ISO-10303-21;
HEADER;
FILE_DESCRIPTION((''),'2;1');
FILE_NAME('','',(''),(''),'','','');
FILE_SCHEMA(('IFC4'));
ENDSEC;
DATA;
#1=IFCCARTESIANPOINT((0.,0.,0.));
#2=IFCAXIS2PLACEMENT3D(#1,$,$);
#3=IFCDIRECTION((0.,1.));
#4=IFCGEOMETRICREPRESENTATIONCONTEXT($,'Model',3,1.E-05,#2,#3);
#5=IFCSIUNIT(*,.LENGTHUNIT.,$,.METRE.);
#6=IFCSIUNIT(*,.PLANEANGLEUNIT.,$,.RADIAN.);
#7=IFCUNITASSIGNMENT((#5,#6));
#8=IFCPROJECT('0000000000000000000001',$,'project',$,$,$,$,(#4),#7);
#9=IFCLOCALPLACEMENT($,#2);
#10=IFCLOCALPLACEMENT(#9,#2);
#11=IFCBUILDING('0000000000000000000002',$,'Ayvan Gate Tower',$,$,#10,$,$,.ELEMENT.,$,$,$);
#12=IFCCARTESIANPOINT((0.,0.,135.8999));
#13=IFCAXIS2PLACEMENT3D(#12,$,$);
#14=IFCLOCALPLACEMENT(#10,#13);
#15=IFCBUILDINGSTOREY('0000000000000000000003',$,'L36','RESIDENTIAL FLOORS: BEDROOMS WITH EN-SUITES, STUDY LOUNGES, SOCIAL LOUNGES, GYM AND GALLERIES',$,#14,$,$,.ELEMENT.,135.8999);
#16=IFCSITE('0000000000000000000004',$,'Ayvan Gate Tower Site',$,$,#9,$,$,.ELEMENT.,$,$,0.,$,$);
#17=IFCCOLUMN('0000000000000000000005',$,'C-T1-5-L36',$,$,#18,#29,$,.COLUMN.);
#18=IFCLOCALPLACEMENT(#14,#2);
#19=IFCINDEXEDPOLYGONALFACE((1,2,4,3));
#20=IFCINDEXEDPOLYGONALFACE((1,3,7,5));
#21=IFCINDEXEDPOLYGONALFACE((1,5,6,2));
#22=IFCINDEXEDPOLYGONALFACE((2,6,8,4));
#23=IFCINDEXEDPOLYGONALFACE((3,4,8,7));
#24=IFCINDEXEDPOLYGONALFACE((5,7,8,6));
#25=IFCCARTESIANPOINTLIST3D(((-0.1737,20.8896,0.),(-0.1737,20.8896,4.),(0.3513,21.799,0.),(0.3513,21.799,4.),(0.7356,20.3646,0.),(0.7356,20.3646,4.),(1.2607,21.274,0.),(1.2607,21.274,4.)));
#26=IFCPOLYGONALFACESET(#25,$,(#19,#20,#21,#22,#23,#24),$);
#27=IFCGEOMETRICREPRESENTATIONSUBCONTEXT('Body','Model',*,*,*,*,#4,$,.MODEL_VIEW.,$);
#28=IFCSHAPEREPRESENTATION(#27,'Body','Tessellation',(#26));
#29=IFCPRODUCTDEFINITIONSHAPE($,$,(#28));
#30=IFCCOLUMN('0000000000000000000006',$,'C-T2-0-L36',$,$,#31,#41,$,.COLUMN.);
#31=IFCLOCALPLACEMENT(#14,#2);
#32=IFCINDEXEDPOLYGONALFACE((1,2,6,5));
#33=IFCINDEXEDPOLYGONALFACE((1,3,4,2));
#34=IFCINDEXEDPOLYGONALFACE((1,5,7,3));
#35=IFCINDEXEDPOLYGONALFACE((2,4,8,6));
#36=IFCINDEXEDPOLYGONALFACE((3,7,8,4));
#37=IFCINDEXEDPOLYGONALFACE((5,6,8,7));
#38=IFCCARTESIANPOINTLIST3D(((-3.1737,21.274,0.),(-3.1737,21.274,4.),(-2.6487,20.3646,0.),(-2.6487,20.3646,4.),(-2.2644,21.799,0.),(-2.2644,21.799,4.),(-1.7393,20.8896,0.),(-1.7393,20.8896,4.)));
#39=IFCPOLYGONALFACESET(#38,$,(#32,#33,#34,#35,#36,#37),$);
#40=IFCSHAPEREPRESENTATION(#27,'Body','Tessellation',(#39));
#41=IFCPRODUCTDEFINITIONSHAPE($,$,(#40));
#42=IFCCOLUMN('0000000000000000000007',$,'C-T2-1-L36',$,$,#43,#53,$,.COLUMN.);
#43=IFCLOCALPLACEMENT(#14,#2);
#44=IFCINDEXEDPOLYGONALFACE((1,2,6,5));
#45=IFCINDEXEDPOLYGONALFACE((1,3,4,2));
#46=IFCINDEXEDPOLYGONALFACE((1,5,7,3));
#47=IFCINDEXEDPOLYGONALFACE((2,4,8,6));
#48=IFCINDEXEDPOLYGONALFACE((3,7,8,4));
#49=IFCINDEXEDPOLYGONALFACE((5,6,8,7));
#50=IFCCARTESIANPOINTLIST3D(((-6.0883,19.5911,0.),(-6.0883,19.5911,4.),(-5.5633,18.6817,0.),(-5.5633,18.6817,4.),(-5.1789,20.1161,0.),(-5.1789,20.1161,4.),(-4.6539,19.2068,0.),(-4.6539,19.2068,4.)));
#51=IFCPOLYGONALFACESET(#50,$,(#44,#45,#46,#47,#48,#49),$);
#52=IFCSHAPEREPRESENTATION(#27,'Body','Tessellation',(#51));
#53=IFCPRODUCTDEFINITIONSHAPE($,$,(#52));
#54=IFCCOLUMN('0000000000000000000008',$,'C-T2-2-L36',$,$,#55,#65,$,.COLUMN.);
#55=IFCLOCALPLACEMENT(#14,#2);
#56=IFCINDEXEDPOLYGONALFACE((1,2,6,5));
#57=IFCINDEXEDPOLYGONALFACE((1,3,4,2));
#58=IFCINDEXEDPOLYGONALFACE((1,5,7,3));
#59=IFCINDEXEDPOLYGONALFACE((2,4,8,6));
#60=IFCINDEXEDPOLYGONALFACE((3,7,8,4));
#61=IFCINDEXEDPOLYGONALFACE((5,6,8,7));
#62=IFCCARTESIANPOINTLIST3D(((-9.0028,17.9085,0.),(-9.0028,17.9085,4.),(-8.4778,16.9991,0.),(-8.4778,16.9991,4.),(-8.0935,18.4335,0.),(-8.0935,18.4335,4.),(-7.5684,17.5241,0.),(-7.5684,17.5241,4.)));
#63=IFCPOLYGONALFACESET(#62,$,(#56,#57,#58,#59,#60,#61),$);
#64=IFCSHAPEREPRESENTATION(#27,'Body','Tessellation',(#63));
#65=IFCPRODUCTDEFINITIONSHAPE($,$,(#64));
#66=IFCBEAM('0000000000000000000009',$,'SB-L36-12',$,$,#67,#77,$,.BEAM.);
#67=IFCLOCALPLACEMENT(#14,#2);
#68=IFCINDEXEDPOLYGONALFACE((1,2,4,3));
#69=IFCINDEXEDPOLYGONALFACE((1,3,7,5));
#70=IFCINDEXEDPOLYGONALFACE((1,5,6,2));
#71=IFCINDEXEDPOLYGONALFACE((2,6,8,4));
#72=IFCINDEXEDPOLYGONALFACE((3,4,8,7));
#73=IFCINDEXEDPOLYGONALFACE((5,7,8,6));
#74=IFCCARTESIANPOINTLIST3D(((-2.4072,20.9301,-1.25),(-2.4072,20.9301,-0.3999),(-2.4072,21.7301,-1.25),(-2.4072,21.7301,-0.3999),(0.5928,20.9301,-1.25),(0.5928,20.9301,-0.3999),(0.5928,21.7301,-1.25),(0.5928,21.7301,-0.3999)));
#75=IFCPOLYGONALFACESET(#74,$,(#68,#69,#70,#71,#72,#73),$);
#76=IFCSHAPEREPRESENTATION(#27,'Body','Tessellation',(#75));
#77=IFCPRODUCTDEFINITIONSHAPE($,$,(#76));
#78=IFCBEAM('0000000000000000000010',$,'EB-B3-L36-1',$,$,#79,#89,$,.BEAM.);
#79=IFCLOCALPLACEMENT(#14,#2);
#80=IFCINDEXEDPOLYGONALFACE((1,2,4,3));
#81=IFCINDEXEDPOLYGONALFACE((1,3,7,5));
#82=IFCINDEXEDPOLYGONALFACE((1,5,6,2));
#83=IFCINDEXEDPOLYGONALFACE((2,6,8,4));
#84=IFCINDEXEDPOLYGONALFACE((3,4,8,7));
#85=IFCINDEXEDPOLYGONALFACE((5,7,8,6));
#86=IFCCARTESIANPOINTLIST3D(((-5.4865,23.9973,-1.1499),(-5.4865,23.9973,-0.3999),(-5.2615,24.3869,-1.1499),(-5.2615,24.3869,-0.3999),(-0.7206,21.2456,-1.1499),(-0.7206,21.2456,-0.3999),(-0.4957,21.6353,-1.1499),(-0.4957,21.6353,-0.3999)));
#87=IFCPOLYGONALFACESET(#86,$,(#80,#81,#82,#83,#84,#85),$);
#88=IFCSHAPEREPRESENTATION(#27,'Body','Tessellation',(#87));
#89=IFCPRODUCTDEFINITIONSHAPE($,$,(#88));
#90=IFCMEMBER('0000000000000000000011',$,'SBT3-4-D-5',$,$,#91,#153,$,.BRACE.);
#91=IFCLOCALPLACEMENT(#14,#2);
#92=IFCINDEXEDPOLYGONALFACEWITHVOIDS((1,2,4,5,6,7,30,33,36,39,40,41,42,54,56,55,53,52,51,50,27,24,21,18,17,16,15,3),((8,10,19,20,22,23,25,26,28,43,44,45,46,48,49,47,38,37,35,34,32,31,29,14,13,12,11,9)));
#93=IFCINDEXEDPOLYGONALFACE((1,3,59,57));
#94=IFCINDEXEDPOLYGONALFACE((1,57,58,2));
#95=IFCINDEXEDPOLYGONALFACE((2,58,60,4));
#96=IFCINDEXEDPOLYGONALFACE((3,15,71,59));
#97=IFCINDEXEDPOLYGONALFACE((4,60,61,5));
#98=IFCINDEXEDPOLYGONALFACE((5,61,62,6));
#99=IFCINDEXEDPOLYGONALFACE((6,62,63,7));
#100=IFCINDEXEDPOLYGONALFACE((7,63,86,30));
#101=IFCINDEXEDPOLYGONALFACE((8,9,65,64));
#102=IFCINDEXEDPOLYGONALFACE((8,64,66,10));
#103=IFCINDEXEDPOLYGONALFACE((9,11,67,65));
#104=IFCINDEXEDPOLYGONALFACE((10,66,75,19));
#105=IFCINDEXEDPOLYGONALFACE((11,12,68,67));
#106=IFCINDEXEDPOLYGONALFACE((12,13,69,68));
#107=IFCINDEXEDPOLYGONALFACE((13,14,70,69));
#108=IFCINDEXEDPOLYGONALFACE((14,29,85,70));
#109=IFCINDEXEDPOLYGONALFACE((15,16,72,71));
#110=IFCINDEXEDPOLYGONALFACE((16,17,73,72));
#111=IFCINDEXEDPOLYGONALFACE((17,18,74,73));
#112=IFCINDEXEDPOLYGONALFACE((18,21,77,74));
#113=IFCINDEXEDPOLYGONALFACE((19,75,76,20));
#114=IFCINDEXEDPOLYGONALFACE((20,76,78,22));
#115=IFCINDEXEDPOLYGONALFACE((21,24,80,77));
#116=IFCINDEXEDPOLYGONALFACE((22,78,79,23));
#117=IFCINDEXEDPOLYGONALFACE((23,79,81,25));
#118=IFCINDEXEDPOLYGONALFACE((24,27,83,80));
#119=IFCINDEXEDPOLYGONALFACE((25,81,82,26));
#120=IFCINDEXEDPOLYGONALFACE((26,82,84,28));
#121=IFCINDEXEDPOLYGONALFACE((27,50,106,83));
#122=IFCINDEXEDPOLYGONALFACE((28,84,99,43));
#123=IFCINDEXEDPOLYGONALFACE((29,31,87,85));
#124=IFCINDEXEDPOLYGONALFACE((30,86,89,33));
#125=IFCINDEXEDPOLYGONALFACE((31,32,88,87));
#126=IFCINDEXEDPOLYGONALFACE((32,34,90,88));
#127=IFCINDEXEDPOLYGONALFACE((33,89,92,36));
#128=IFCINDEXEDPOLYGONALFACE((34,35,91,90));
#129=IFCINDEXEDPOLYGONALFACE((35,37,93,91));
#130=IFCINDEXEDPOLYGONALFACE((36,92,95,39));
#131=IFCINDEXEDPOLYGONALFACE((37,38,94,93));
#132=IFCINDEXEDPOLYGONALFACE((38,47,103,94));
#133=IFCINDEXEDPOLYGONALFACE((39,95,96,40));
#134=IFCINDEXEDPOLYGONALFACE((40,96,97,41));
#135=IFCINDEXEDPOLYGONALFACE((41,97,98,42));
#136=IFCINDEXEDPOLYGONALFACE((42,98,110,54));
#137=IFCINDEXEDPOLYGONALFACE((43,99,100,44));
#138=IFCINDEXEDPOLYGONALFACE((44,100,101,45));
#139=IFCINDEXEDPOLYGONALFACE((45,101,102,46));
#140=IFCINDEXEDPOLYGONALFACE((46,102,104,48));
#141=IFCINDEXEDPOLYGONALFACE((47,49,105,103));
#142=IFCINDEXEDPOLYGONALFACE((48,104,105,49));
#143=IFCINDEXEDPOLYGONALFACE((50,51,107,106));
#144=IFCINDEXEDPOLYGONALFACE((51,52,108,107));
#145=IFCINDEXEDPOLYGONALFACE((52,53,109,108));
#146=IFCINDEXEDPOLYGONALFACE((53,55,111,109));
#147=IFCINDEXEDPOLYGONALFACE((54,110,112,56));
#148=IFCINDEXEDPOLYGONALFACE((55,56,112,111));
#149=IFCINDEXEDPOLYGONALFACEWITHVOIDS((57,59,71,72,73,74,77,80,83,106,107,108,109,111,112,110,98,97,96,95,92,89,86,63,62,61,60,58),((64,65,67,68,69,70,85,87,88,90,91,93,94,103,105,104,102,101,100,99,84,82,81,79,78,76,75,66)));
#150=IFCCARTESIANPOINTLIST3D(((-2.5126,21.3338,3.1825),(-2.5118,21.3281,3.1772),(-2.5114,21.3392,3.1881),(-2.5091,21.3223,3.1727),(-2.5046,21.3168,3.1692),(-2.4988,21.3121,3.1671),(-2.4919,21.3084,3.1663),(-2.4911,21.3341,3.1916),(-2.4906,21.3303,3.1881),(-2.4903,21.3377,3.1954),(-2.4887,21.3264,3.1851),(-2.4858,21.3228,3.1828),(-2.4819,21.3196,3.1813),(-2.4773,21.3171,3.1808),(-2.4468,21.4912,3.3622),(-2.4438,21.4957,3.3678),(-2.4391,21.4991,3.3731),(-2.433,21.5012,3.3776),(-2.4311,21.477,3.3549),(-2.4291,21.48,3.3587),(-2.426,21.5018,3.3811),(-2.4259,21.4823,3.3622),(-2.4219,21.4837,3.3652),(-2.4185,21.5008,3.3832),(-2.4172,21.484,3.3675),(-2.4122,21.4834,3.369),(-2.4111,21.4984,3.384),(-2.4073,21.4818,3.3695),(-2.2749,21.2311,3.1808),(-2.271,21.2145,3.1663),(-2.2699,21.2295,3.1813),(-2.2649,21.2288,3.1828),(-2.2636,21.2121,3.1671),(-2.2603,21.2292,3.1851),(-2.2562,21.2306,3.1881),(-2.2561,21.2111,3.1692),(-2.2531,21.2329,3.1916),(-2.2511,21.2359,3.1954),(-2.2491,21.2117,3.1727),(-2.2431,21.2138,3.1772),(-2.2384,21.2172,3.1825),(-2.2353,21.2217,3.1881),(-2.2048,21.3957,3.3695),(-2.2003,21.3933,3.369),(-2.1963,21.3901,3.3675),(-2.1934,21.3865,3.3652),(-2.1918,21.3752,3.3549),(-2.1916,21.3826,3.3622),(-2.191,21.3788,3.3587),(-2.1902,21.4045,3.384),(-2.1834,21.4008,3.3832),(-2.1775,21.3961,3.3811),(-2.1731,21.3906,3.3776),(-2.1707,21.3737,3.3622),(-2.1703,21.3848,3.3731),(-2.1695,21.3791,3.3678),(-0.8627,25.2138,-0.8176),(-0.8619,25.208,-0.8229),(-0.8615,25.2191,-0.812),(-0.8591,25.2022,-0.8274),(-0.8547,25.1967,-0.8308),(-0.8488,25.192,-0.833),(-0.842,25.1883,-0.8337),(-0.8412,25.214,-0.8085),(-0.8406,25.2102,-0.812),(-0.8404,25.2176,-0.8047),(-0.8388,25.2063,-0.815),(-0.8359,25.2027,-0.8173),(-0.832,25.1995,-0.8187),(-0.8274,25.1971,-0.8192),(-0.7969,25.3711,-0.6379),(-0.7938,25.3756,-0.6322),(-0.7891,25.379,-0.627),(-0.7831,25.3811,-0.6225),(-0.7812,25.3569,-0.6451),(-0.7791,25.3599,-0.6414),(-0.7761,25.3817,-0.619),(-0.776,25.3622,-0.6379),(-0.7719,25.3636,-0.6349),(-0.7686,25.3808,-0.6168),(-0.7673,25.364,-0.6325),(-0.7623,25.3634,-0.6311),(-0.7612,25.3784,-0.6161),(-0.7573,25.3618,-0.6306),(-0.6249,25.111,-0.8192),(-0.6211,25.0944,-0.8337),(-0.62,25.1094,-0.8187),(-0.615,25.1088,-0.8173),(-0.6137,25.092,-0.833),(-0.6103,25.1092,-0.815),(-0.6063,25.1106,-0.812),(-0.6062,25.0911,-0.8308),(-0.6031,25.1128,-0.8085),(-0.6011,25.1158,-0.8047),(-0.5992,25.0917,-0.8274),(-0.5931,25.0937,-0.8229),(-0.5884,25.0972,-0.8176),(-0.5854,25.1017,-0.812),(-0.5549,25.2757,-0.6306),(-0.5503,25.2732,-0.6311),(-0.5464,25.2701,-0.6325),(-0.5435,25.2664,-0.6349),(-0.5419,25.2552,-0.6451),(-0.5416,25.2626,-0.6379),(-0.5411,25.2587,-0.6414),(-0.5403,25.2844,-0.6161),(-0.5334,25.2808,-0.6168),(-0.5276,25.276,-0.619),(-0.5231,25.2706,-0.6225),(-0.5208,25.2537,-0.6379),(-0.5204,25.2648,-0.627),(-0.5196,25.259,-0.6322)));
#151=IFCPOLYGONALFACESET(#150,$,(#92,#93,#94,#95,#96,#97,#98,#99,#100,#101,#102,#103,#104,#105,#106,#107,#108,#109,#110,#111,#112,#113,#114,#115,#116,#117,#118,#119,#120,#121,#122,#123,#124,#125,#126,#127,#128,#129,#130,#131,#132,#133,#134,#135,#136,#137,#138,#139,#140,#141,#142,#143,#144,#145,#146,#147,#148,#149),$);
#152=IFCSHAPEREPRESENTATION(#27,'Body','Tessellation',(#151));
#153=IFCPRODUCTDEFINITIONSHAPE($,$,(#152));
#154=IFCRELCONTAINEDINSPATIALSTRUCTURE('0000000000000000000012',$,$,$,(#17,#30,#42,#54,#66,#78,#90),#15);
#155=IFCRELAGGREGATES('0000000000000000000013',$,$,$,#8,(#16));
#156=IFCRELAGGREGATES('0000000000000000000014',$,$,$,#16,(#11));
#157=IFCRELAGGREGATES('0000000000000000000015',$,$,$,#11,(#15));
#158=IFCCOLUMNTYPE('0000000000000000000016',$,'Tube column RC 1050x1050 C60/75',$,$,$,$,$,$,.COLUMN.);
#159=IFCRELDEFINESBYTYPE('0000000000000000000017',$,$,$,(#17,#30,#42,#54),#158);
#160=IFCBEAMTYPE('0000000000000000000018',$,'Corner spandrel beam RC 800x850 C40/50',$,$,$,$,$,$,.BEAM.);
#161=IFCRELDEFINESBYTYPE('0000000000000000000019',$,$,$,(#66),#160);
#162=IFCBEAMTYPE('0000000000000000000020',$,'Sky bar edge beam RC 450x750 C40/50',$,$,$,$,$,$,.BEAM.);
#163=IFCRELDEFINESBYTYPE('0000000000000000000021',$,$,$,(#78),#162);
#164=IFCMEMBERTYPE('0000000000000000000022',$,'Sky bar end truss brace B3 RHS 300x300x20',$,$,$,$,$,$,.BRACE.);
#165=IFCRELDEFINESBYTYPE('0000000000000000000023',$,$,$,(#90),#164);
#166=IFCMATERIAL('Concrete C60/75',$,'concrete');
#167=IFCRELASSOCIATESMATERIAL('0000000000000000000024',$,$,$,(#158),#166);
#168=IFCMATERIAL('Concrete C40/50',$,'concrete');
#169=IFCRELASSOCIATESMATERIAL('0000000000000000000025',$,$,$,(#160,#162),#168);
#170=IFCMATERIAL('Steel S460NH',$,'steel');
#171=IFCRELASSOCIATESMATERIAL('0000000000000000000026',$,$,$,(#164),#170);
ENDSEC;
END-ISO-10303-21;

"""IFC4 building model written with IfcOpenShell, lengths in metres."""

from ifc_helpers import new_model, si_unit, direction, frame, origin, origin_2d, place, context, subcontext, project, spatial, rectangle, hollow_rectangle, extrude, material, material_profile, profile_set, type_object, element, save


model = new_model("IFC4")

# Units and contexts
model_context = context("Model", 3, precision=1e-05, world=origin(), true_north=direction((0.0, 1.0)))
body_context = subcontext(model_context, "Body", "Model", "MODEL_VIEW")
ifc_project = project(units=[si_unit("LENGTHUNIT", "METRE"), si_unit("PLANEANGLEUNIT", "RADIAN")], contexts=[model_context])

# Site, building, storey
site_placement = place(None, origin())
site = spatial("IfcSite", under=ifc_project, at=site_placement, Name="Ayvan Gate Tower Site", CompositionType="ELEMENT", RefElevation=0.0)
building_placement = place(site_placement, origin())
building = spatial("IfcBuilding", under=site, at=building_placement, Name="Ayvan Gate Tower", CompositionType="ELEMENT")
storey_placement = place(building_placement, frame((0.0, 0.0, 135.8999)))
storey = spatial("IfcBuildingStorey", under=building, at=storey_placement, Name="L36", Description="RESIDENTIAL FLOORS: BEDROOMS WITH EN-SUITES, STUDY LOUNGES, SOCIAL LOUNGES, GYM AND GALLERIES", CompositionType="ELEMENT", Elevation=135.8999)

# Columns
ifc_material_1 = material(Name="Concrete C60/75", Category="concrete")
ifc_material_profile_1 = material_profile(ifc_material_1, rectangle(XDim=1.05, YDim=1.05, at=origin_2d()), Name="RC 1050x1050")
ifc_profile_set_1 = profile_set([ifc_material_profile_1], Name="Concrete C60/75")
column_type = type_object("IfcColumnType", Name="Tube column RC 1050x1050 C60/75", PredefinedType="COLUMN", material=ifc_profile_set_1)
for number, where, z_axis, x_axis, name in (
    (1, (0.5435, 21.0818, 0.0), (0.0, 0.0, 1.0), (0.5, 0.866025, 0.0), "C-T1-5-L36"),
    (2, (-2.4565, 21.0818, 0.0), (0.0, 0.0, 1.0), (-0.5, 0.866025, 0.0), "C-T2-0-L36"),
    (3, (-5.3711, 19.3989, 0.0), (0.0, 0.0, 1.0), (-0.5, 0.866025, 0.0), "C-T2-1-L36"),
    (4, (-8.2856, 17.7163, 0.0), (0.0, 0.0, 1.0), (-0.5, 0.866025, 0.0), "C-T2-2-L36"),
):
    element("IfcColumn", number, at=place(storey_placement, frame(where, z_axis=z_axis, x_axis=x_axis)), inside=storey, type_object=column_type, Name=name, PredefinedType="COLUMN", context=body_context, shape_type="SweptSolid", body=[
        extrude(rectangle(XDim=1.05, YDim=1.05, at=origin_2d()), origin(), (0.0, 0.0, 1.0), 4.0),
    ])

# Beams
ifc_material_2 = material(Name="Concrete C40/50", Category="concrete")
ifc_material_profile_2 = material_profile(ifc_material_2, rectangle(XDim=0.8, YDim=0.8501, at=origin_2d()), Name="RC 800x850")
ifc_profile_set_2 = profile_set([ifc_material_profile_2], Name="Concrete C40/50")
beam_type_1 = type_object("IfcBeamType", Name="Corner spandrel beam RC 800x850 C40/50", PredefinedType="BEAM", material=ifc_profile_set_2)
beam_1_placement = place(storey_placement, frame((0.5928, 21.3301, -0.825), z_axis=(-1.0, 0.0, 0.0), x_axis=(0.0, -1.0, 0.0)))
element("IfcBeam", 5, at=beam_1_placement, inside=storey, type_object=beam_type_1, Name="SB-L36-12", PredefinedType="BEAM", context=body_context, shape_type="SweptSolid", body=[
    extrude(rectangle(XDim=0.8, YDim=0.8501, at=origin_2d()), origin(), (0.0, 0.0, 1.0), 3.0),
])
ifc_material_profile_3 = material_profile(ifc_material_2, rectangle(XDim=0.45, YDim=0.75, at=origin_2d()), Name="RC 450x750")
ifc_profile_set_3 = profile_set([ifc_material_profile_3], Name="Concrete C40/50")
beam_type_2 = type_object("IfcBeamType", Name="Sky bar edge beam RC 450x750 C40/50", PredefinedType="BEAM", material=ifc_profile_set_3)
beam_2_placement = place(storey_placement, frame((-0.6082, 21.4404, -0.7749), z_axis=(-0.866015, 0.500018, 0.0), x_axis=(-0.500018, -0.866015, 0.0)))
element("IfcBeam", 6, at=beam_2_placement, inside=storey, type_object=beam_type_2, Name="EB-B3-L36-1", PredefinedType="BEAM", context=body_context, shape_type="SweptSolid", body=[
    extrude(rectangle(XDim=0.45, YDim=0.75, at=origin_2d()), origin(), (0.0, 0.0, 1.0), 5.5032),
])

# Member
ifc_material_3 = material(Name="Steel S460NH", Category="steel")
ifc_material_profile_4 = material_profile(ifc_material_3, hollow_rectangle(XDim=0.3, YDim=0.3, WallThickness=0.02, InnerFilletRadius=0.02, OuterFilletRadius=0.03, at=origin_2d()), Name="RHS 300x300x20")
ifc_profile_set_4 = profile_set([ifc_material_profile_4], Name="Steel S460NH")
member_type_1 = type_object("IfcMemberType", Name="Sky bar end truss brace B3 RHS 300x300x20", PredefinedType="BRACE", material=ifc_profile_set_4)
member_1_placement = place(storey_placement, frame((-2.3411, 21.3564, 3.2751), z_axis=(0.283894, 0.6676, -0.688269), x_axis=(-0.92025, 0.391332, 0.0)))
element("IfcMember", 7, at=member_1_placement, inside=storey, type_object=member_type_1, Name="SBT3-4-D-5", PredefinedType="BRACE", context=body_context, shape_type="SweptSolid", body=[
    extrude(hollow_rectangle(XDim=0.3, YDim=0.3, WallThickness=0.02, InnerFilletRadius=0.02, OuterFilletRadius=0.03, at=origin_2d()), origin(), (0.0, 0.0, 1.0), 5.8118),
])

save(model, "model.ifc")
